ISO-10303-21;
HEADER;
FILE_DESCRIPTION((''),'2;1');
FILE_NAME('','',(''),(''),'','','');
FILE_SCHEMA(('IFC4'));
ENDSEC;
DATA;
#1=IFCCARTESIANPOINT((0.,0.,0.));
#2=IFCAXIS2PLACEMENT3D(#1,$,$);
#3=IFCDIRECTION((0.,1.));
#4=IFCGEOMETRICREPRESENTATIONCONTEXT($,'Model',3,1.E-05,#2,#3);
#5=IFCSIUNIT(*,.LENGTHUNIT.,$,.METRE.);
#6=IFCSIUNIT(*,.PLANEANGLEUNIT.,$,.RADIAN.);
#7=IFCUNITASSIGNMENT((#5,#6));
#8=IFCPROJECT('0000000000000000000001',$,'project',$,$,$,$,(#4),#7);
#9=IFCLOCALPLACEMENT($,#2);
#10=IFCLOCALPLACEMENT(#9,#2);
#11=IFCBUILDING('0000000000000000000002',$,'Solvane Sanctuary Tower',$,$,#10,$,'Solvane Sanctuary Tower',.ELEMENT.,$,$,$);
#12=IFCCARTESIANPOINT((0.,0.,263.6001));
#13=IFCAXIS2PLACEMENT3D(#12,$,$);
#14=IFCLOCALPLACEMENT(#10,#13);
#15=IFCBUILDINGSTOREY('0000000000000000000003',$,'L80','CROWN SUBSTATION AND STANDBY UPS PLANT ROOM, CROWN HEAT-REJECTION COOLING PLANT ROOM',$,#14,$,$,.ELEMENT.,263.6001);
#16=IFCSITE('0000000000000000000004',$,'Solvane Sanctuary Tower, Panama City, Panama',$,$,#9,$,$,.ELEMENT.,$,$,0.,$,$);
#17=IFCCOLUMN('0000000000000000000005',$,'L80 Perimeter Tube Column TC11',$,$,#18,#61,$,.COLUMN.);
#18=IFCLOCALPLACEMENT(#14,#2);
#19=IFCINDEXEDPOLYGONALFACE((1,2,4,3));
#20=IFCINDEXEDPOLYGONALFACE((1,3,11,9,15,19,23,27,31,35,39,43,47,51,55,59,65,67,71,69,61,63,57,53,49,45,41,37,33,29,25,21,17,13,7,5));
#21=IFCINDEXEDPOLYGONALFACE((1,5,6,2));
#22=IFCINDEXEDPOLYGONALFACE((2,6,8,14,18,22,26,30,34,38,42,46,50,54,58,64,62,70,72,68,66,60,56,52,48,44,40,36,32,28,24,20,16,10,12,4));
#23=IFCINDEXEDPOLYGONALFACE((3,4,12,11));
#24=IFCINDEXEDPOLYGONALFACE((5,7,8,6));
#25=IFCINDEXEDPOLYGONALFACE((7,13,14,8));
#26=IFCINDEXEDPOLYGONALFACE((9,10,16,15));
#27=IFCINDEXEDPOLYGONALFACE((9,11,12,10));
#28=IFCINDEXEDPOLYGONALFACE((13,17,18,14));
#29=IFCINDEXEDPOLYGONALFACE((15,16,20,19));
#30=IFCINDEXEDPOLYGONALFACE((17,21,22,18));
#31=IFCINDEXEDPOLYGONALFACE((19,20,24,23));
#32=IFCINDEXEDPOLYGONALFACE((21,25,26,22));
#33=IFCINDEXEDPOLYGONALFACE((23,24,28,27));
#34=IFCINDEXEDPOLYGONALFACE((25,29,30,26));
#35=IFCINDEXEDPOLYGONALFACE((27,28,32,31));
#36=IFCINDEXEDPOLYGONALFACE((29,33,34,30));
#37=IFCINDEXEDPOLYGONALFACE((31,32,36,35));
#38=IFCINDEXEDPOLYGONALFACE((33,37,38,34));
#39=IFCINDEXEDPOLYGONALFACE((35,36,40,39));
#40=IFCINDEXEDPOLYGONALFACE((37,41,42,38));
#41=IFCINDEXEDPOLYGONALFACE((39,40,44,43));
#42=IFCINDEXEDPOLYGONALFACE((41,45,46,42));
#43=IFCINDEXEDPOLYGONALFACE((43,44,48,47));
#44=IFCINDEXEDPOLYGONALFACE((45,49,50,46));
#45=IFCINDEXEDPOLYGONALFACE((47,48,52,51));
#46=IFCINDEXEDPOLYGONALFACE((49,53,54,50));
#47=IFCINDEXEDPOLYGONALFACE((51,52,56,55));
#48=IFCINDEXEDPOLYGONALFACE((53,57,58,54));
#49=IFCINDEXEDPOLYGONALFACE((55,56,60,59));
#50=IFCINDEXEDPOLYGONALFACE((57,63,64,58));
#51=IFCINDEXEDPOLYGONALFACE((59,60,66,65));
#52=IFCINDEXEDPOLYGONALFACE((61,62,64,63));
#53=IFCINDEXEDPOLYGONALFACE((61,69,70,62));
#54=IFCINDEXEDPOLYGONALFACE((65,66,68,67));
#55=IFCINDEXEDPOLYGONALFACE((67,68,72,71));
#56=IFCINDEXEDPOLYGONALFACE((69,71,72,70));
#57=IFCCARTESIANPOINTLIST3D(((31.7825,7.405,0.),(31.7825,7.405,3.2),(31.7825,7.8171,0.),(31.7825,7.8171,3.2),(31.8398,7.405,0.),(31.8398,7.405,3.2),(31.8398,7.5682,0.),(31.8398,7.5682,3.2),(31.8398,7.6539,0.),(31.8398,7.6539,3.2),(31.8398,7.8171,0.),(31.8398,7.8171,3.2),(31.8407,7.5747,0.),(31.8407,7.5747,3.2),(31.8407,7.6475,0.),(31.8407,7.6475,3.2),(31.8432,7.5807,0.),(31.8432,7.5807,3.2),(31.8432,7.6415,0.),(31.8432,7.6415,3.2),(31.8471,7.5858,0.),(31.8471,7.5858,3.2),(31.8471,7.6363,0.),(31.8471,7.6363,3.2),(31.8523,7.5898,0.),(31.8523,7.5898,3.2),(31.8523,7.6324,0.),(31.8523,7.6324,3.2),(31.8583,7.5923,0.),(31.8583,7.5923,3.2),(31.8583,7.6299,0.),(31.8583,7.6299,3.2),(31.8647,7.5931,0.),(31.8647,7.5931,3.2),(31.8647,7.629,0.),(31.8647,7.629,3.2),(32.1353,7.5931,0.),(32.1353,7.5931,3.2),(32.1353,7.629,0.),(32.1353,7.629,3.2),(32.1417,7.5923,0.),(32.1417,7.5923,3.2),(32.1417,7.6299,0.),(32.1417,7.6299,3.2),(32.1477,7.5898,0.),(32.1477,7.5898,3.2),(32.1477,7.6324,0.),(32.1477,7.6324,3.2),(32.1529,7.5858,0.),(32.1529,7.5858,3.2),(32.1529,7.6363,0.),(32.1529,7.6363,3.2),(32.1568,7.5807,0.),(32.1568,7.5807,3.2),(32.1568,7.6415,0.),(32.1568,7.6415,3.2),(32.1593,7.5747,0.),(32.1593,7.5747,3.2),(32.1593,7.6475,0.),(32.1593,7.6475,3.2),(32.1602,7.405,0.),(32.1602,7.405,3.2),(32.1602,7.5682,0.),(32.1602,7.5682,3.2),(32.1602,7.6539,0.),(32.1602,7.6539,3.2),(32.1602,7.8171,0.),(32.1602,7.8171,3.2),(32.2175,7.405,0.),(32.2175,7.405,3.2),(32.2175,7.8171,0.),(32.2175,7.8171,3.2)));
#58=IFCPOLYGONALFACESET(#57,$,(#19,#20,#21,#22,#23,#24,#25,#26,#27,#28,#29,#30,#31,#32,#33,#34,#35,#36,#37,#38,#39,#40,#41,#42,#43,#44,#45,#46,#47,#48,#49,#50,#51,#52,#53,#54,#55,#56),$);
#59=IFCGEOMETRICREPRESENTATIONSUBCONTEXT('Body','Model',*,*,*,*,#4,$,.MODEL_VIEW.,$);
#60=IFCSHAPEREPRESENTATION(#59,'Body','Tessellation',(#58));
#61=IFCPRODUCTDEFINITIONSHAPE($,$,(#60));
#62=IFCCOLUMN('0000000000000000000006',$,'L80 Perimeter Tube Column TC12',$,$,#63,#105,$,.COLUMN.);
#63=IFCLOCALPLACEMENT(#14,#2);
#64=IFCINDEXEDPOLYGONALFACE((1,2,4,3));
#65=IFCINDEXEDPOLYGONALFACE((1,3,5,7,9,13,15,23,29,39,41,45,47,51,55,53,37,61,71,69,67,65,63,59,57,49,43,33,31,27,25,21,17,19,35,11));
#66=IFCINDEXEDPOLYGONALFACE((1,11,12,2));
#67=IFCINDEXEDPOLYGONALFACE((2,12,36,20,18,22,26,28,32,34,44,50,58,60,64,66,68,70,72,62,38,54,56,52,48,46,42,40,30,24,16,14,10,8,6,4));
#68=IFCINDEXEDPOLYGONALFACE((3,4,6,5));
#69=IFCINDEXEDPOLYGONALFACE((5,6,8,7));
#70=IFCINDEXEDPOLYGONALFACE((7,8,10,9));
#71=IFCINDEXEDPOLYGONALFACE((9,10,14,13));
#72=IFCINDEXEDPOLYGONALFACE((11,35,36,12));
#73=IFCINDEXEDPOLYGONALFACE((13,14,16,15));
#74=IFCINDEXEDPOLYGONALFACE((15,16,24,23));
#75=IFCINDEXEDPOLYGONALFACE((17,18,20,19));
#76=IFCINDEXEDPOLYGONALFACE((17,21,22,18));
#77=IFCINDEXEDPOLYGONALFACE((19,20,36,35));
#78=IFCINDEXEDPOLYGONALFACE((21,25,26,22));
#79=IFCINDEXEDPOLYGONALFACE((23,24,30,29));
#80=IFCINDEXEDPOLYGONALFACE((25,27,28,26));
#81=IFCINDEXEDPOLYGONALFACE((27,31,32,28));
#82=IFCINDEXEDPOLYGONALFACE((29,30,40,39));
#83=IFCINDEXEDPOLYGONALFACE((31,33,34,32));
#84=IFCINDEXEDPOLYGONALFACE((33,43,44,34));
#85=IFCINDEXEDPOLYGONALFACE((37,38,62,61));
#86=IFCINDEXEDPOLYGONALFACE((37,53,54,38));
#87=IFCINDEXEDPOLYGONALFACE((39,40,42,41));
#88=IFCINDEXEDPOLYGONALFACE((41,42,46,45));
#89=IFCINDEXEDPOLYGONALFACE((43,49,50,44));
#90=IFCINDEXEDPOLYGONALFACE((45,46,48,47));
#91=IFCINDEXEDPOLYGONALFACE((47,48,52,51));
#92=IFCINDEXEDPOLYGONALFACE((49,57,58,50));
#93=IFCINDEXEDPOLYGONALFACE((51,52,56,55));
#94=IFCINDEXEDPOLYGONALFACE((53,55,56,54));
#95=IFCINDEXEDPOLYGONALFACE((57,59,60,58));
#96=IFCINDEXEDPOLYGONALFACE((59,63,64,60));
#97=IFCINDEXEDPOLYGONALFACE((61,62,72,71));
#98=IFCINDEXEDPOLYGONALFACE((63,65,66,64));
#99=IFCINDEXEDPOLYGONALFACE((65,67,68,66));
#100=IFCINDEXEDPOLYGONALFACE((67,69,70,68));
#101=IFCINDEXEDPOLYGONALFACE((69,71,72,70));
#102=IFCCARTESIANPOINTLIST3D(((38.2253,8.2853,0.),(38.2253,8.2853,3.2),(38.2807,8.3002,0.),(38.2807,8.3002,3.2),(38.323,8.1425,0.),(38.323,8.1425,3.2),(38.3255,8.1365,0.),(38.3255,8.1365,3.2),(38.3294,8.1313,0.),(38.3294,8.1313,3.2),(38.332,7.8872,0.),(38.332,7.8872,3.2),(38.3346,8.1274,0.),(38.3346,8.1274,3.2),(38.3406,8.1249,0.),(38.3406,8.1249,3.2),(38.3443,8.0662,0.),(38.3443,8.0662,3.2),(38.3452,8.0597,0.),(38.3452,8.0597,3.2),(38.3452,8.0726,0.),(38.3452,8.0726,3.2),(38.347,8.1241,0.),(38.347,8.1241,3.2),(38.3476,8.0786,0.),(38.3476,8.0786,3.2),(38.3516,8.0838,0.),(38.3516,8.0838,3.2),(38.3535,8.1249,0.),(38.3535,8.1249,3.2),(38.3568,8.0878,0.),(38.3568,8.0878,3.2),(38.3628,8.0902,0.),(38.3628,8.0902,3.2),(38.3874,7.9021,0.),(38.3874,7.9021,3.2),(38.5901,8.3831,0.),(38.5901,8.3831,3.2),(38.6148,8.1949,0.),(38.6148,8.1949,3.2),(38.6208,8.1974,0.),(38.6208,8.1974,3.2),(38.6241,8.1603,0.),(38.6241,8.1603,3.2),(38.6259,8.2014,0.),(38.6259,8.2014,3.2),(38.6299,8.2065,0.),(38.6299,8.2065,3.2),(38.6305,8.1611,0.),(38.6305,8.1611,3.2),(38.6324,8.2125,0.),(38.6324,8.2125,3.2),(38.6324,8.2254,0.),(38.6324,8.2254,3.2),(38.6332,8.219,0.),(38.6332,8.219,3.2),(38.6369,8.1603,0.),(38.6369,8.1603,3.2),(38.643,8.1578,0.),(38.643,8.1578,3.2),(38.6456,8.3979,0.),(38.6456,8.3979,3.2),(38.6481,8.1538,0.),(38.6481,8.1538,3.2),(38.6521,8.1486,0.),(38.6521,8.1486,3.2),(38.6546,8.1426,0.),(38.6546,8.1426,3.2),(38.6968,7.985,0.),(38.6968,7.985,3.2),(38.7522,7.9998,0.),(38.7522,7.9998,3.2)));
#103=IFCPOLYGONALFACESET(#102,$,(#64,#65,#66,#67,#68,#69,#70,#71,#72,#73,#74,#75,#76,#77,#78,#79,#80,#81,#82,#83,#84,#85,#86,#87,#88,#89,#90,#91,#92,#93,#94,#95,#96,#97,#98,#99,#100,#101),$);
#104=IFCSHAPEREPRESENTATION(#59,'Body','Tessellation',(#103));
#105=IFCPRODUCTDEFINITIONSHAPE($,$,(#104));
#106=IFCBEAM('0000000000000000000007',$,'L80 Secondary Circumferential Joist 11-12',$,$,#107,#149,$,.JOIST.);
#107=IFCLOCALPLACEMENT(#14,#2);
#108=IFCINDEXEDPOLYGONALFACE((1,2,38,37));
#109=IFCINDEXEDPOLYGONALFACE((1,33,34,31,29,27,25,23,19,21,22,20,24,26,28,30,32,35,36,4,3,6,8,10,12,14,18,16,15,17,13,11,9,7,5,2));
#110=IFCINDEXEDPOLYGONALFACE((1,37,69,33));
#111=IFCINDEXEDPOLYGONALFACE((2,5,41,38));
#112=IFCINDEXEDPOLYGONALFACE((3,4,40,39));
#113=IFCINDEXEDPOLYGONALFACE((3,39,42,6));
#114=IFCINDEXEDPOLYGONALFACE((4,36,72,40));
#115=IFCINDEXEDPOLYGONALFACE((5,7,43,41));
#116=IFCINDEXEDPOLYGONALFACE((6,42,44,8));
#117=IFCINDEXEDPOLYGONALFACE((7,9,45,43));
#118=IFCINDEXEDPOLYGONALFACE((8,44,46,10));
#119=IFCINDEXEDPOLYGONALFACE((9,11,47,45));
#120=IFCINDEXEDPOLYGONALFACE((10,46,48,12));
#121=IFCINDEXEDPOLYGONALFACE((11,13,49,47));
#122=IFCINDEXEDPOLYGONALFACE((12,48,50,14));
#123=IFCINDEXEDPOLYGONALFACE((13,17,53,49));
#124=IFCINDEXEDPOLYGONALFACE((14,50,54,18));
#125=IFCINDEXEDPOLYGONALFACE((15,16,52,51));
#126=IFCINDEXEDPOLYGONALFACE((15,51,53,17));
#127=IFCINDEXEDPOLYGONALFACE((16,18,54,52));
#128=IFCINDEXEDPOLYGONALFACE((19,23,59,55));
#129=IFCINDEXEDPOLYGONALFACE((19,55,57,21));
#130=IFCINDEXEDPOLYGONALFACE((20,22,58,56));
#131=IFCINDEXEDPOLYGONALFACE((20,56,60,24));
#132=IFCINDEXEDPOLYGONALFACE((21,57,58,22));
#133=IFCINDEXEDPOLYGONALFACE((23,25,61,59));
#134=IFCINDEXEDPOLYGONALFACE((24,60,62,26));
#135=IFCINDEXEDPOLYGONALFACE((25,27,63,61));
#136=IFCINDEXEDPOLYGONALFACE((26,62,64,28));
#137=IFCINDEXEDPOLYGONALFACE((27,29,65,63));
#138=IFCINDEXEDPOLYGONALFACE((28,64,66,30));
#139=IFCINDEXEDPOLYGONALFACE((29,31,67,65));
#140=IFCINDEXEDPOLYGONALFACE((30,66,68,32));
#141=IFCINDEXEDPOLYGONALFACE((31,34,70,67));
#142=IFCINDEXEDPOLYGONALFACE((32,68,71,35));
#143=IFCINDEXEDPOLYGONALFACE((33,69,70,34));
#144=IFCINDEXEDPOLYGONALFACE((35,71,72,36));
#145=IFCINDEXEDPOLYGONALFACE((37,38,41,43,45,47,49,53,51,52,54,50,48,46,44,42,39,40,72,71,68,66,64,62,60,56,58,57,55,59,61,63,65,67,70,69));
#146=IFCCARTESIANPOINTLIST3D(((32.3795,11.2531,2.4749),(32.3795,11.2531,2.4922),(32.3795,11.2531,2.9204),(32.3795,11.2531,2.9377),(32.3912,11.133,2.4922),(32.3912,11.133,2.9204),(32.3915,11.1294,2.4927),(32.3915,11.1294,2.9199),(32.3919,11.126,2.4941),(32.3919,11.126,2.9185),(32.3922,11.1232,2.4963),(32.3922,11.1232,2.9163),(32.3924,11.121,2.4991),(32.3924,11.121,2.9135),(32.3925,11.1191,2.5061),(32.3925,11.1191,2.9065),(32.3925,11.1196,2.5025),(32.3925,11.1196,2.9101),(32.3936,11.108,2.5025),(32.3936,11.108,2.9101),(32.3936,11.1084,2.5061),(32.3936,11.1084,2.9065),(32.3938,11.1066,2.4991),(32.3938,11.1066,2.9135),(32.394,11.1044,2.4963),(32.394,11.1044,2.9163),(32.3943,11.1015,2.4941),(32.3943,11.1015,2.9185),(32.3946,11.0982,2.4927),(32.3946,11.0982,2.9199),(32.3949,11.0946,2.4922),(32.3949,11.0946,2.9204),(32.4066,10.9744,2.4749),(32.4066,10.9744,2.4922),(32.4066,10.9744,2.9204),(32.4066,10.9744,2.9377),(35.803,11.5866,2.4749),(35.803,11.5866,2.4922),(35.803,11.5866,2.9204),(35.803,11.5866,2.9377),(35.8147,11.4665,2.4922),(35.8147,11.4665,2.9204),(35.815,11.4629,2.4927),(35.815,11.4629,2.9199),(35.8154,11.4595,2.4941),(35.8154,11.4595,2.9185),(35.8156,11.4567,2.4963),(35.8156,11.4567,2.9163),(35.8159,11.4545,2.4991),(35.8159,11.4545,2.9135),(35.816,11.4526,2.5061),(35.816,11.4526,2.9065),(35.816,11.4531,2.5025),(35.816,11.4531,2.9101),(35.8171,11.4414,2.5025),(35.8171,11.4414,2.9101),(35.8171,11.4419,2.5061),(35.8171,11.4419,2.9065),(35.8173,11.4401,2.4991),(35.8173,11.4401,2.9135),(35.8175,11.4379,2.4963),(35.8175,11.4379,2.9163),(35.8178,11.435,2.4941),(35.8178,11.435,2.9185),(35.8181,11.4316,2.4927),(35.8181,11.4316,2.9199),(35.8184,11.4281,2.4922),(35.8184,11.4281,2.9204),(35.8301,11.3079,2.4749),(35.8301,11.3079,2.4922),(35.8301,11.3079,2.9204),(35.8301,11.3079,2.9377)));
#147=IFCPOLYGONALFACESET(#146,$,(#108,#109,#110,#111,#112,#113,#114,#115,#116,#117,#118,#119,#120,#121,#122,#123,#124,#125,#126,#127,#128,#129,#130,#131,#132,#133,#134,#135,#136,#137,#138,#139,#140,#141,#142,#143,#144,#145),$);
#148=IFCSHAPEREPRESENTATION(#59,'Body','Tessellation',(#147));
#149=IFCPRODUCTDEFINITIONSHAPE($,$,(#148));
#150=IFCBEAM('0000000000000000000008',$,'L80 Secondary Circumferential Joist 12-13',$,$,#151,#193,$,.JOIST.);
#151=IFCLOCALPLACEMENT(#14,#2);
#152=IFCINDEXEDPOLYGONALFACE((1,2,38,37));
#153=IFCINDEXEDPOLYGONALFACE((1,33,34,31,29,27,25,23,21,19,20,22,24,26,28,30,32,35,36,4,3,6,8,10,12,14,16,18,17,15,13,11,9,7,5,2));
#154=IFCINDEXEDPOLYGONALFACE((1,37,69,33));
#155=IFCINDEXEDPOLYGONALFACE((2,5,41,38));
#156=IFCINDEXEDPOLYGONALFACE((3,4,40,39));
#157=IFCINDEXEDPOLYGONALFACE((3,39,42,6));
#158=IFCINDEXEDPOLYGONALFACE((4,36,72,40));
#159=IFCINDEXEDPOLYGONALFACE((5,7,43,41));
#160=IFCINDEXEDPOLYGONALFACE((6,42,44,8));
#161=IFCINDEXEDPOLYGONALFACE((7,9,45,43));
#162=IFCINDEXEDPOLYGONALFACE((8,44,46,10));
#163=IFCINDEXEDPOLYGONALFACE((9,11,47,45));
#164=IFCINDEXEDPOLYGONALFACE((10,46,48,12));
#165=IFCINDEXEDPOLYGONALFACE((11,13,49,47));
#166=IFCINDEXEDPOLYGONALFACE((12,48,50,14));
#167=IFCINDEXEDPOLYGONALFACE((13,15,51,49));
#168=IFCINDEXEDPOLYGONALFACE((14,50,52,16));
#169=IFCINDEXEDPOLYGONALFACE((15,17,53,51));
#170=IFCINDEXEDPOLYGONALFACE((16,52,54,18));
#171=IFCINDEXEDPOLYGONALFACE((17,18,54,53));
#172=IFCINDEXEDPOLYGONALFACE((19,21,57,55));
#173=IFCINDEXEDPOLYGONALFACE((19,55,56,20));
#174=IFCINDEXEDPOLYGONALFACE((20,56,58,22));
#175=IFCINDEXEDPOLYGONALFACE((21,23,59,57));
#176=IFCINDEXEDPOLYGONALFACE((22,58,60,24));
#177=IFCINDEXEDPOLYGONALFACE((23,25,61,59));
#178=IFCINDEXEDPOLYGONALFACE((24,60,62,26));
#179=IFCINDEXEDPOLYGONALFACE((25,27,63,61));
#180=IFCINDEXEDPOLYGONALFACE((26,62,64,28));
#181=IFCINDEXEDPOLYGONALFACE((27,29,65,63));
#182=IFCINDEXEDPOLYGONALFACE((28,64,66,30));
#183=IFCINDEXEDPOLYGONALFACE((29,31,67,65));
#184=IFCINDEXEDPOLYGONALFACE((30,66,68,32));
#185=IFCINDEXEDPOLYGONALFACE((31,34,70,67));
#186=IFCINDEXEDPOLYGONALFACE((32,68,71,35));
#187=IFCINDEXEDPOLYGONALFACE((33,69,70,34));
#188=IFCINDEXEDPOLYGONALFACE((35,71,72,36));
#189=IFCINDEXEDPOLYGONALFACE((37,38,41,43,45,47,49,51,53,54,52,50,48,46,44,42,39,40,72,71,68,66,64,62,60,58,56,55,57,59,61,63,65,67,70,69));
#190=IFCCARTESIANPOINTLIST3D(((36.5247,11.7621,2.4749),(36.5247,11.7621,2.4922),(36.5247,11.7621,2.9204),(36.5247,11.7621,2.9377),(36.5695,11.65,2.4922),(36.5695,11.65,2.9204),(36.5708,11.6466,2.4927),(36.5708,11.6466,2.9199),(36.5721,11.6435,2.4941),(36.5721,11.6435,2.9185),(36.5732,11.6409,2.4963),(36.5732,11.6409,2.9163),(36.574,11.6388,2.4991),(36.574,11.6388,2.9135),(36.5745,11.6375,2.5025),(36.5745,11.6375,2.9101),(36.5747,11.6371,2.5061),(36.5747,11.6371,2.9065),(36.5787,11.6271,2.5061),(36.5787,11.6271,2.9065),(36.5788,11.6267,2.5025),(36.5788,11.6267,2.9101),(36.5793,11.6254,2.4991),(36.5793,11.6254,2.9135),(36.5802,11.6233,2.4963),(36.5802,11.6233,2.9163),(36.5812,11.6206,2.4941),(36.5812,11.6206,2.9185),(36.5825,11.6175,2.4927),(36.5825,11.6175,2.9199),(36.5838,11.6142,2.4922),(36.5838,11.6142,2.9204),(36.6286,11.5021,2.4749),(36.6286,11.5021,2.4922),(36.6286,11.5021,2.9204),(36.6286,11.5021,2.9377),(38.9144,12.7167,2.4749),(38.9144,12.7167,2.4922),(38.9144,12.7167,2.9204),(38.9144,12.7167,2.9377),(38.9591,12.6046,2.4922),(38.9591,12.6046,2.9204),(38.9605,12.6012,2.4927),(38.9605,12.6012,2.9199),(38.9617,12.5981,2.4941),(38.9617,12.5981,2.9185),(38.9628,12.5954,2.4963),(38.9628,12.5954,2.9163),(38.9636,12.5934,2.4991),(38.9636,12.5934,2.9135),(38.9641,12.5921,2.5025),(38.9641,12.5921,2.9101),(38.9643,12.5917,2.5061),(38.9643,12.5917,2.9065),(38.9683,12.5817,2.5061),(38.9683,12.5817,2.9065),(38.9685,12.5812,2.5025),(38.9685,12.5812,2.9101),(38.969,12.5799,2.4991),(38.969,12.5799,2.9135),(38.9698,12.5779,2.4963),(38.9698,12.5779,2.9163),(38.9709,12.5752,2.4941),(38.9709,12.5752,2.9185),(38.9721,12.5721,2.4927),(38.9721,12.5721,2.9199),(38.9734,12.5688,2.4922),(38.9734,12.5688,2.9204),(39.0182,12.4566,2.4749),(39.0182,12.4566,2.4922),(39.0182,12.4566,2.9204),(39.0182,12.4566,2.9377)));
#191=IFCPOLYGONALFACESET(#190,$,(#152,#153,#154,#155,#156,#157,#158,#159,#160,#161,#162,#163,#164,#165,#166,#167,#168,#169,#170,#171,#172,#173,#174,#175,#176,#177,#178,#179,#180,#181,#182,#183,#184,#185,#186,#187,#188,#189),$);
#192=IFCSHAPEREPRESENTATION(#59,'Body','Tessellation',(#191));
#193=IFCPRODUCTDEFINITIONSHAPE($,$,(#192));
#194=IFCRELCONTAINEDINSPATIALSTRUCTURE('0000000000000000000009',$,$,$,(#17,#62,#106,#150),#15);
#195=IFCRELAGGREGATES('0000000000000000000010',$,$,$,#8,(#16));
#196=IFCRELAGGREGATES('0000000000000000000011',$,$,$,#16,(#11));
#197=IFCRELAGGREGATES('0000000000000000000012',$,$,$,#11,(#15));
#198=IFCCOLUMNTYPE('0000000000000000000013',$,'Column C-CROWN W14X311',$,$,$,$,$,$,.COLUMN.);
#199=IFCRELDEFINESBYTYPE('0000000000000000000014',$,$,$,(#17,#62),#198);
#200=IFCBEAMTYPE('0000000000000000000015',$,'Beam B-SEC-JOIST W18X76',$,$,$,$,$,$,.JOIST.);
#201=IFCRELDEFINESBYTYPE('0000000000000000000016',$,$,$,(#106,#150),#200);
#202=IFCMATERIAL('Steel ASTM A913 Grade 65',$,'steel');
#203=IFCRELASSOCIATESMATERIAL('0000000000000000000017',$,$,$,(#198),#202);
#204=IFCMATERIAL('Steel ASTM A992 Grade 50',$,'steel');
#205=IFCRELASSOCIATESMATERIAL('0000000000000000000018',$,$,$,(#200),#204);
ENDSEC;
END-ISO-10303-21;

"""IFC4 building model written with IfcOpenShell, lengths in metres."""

from ifc_helpers import new_model, si_unit, direction, frame, origin, origin_2d, place, context, subcontext, project, spatial, i_section, extrude, material, material_profile, profile_set, type_object, element, save


model = new_model("IFC4")

# Units and contexts
model_context = context("Model", 3, precision=1e-05, world=origin(), true_north=direction((0.0, 1.0)))
body_context = subcontext(model_context, "Body", "Model", "MODEL_VIEW")
ifc_project = project(units=[si_unit("LENGTHUNIT", "METRE"), si_unit("PLANEANGLEUNIT", "RADIAN")], contexts=[model_context])

# Site, building, storey
site_placement = place(None, origin())
site = spatial("IfcSite", under=ifc_project, at=site_placement, Name="Solvane Sanctuary Tower, Panama City, Panama", CompositionType="ELEMENT", RefElevation=0.0)
building_placement = place(site_placement, origin())
building = spatial("IfcBuilding", under=site, at=building_placement, Name="Solvane Sanctuary Tower", LongName="Solvane Sanctuary Tower", CompositionType="ELEMENT")
storey_placement = place(building_placement, frame((0.0, 0.0, 263.6001)))
storey = spatial("IfcBuildingStorey", under=building, at=storey_placement, Name="L80", Description="CROWN SUBSTATION AND STANDBY UPS PLANT ROOM, CROWN HEAT-REJECTION COOLING PLANT ROOM", CompositionType="ELEMENT", Elevation=263.6001)

# Columns
ifc_material_1 = material(Name="Steel ASTM A913 Grade 65", Category="steel")
ifc_material_profile_1 = material_profile(ifc_material_1, i_section(OverallWidth=0.4121, OverallDepth=0.4351, WebThickness=0.0359, FlangeThickness=0.0574, FilletRadius=0.0249, at=origin_2d()), Name="W14X311")
ifc_profile_set_1 = profile_set([ifc_material_profile_1], Name="Steel ASTM A913 Grade 65")
column_type = type_object("IfcColumnType", Name="Column C-CROWN W14X311", PredefinedType="COLUMN", material=ifc_profile_set_1)
for number, where, z_axis, x_axis, name in (
    (1, (32.0, 7.6111, 0.0), (0.0, 0.0, 1.0), (0.0, -1.0, 0.0), "L80 Perimeter Tube Column TC11"),
    (2, (38.4888, 8.1426, 0.0), (0.0, 0.0, 1.0), (0.258819, -0.965926, 0.0), "L80 Perimeter Tube Column TC12"),
):
    element("IfcColumn", number, at=place(storey_placement, frame(where, z_axis=z_axis, x_axis=x_axis)), inside=storey, type_object=column_type, Name=name, PredefinedType="COLUMN", context=body_context, shape_type="SweptSolid", body=[
        extrude(i_section(OverallWidth=0.4121, OverallDepth=0.4351, WebThickness=0.0359, FlangeThickness=0.0574, FilletRadius=0.0249, at=origin_2d()), origin(), (0.0, 0.0, 1.0), 3.2),
    ])

# Beams
ifc_material_2 = material(Name="Steel ASTM A992 Grade 50", Category="steel")
ifc_material_profile_2 = material_profile(ifc_material_2, i_section(OverallWidth=0.28, OverallDepth=0.4629, WebThickness=0.0107, FlangeThickness=0.0173, FilletRadius=0.0139, at=origin_2d()), Name="W18X76")
ifc_profile_set_2 = profile_set([ifc_material_profile_2], Name="Steel ASTM A992 Grade 50")
beam_type_1 = type_object("IfcBeamType", Name="Beam B-SEC-JOIST W18X76", PredefinedType="JOIST", material=ifc_profile_set_2)
beam_1_placement = place(storey_placement, frame((32.3931, 11.1138, 2.7063), z_axis=(0.995289, 0.096952, 0.0), x_axis=(-0.096952, 0.995289, 0.0)))
element("IfcBeam", 3, at=beam_1_placement, inside=storey, type_object=beam_type_1, Name="L80 Secondary Circumferential Joist 11-12", PredefinedType="JOIST", context=body_context, shape_type="SweptSolid", body=[
    extrude(i_section(OverallWidth=0.28, OverallDepth=0.4629, WebThickness=0.0107, FlangeThickness=0.0173, FilletRadius=0.0139, at=origin_2d()), origin(), (0.0, 0.0, 1.0), 3.4397),
])
beam_2_placement = place(storey_placement, frame((36.5767, 11.6321, 2.7063), z_axis=(0.928647, 0.370965, 0.0), x_axis=(-0.370965, 0.928647, 0.0)))
element("IfcBeam", 4, at=beam_2_placement, inside=storey, type_object=beam_type_1, Name="L80 Secondary Circumferential Joist 12-13", PredefinedType="JOIST", context=body_context, shape_type="SweptSolid", body=[
    extrude(i_section(OverallWidth=0.28, OverallDepth=0.4629, WebThickness=0.0107, FlangeThickness=0.0173, FilletRadius=0.0139, at=origin_2d()), origin(), (0.0, 0.0, 1.0), 2.5732),
])

save(model, "model.ifc")
